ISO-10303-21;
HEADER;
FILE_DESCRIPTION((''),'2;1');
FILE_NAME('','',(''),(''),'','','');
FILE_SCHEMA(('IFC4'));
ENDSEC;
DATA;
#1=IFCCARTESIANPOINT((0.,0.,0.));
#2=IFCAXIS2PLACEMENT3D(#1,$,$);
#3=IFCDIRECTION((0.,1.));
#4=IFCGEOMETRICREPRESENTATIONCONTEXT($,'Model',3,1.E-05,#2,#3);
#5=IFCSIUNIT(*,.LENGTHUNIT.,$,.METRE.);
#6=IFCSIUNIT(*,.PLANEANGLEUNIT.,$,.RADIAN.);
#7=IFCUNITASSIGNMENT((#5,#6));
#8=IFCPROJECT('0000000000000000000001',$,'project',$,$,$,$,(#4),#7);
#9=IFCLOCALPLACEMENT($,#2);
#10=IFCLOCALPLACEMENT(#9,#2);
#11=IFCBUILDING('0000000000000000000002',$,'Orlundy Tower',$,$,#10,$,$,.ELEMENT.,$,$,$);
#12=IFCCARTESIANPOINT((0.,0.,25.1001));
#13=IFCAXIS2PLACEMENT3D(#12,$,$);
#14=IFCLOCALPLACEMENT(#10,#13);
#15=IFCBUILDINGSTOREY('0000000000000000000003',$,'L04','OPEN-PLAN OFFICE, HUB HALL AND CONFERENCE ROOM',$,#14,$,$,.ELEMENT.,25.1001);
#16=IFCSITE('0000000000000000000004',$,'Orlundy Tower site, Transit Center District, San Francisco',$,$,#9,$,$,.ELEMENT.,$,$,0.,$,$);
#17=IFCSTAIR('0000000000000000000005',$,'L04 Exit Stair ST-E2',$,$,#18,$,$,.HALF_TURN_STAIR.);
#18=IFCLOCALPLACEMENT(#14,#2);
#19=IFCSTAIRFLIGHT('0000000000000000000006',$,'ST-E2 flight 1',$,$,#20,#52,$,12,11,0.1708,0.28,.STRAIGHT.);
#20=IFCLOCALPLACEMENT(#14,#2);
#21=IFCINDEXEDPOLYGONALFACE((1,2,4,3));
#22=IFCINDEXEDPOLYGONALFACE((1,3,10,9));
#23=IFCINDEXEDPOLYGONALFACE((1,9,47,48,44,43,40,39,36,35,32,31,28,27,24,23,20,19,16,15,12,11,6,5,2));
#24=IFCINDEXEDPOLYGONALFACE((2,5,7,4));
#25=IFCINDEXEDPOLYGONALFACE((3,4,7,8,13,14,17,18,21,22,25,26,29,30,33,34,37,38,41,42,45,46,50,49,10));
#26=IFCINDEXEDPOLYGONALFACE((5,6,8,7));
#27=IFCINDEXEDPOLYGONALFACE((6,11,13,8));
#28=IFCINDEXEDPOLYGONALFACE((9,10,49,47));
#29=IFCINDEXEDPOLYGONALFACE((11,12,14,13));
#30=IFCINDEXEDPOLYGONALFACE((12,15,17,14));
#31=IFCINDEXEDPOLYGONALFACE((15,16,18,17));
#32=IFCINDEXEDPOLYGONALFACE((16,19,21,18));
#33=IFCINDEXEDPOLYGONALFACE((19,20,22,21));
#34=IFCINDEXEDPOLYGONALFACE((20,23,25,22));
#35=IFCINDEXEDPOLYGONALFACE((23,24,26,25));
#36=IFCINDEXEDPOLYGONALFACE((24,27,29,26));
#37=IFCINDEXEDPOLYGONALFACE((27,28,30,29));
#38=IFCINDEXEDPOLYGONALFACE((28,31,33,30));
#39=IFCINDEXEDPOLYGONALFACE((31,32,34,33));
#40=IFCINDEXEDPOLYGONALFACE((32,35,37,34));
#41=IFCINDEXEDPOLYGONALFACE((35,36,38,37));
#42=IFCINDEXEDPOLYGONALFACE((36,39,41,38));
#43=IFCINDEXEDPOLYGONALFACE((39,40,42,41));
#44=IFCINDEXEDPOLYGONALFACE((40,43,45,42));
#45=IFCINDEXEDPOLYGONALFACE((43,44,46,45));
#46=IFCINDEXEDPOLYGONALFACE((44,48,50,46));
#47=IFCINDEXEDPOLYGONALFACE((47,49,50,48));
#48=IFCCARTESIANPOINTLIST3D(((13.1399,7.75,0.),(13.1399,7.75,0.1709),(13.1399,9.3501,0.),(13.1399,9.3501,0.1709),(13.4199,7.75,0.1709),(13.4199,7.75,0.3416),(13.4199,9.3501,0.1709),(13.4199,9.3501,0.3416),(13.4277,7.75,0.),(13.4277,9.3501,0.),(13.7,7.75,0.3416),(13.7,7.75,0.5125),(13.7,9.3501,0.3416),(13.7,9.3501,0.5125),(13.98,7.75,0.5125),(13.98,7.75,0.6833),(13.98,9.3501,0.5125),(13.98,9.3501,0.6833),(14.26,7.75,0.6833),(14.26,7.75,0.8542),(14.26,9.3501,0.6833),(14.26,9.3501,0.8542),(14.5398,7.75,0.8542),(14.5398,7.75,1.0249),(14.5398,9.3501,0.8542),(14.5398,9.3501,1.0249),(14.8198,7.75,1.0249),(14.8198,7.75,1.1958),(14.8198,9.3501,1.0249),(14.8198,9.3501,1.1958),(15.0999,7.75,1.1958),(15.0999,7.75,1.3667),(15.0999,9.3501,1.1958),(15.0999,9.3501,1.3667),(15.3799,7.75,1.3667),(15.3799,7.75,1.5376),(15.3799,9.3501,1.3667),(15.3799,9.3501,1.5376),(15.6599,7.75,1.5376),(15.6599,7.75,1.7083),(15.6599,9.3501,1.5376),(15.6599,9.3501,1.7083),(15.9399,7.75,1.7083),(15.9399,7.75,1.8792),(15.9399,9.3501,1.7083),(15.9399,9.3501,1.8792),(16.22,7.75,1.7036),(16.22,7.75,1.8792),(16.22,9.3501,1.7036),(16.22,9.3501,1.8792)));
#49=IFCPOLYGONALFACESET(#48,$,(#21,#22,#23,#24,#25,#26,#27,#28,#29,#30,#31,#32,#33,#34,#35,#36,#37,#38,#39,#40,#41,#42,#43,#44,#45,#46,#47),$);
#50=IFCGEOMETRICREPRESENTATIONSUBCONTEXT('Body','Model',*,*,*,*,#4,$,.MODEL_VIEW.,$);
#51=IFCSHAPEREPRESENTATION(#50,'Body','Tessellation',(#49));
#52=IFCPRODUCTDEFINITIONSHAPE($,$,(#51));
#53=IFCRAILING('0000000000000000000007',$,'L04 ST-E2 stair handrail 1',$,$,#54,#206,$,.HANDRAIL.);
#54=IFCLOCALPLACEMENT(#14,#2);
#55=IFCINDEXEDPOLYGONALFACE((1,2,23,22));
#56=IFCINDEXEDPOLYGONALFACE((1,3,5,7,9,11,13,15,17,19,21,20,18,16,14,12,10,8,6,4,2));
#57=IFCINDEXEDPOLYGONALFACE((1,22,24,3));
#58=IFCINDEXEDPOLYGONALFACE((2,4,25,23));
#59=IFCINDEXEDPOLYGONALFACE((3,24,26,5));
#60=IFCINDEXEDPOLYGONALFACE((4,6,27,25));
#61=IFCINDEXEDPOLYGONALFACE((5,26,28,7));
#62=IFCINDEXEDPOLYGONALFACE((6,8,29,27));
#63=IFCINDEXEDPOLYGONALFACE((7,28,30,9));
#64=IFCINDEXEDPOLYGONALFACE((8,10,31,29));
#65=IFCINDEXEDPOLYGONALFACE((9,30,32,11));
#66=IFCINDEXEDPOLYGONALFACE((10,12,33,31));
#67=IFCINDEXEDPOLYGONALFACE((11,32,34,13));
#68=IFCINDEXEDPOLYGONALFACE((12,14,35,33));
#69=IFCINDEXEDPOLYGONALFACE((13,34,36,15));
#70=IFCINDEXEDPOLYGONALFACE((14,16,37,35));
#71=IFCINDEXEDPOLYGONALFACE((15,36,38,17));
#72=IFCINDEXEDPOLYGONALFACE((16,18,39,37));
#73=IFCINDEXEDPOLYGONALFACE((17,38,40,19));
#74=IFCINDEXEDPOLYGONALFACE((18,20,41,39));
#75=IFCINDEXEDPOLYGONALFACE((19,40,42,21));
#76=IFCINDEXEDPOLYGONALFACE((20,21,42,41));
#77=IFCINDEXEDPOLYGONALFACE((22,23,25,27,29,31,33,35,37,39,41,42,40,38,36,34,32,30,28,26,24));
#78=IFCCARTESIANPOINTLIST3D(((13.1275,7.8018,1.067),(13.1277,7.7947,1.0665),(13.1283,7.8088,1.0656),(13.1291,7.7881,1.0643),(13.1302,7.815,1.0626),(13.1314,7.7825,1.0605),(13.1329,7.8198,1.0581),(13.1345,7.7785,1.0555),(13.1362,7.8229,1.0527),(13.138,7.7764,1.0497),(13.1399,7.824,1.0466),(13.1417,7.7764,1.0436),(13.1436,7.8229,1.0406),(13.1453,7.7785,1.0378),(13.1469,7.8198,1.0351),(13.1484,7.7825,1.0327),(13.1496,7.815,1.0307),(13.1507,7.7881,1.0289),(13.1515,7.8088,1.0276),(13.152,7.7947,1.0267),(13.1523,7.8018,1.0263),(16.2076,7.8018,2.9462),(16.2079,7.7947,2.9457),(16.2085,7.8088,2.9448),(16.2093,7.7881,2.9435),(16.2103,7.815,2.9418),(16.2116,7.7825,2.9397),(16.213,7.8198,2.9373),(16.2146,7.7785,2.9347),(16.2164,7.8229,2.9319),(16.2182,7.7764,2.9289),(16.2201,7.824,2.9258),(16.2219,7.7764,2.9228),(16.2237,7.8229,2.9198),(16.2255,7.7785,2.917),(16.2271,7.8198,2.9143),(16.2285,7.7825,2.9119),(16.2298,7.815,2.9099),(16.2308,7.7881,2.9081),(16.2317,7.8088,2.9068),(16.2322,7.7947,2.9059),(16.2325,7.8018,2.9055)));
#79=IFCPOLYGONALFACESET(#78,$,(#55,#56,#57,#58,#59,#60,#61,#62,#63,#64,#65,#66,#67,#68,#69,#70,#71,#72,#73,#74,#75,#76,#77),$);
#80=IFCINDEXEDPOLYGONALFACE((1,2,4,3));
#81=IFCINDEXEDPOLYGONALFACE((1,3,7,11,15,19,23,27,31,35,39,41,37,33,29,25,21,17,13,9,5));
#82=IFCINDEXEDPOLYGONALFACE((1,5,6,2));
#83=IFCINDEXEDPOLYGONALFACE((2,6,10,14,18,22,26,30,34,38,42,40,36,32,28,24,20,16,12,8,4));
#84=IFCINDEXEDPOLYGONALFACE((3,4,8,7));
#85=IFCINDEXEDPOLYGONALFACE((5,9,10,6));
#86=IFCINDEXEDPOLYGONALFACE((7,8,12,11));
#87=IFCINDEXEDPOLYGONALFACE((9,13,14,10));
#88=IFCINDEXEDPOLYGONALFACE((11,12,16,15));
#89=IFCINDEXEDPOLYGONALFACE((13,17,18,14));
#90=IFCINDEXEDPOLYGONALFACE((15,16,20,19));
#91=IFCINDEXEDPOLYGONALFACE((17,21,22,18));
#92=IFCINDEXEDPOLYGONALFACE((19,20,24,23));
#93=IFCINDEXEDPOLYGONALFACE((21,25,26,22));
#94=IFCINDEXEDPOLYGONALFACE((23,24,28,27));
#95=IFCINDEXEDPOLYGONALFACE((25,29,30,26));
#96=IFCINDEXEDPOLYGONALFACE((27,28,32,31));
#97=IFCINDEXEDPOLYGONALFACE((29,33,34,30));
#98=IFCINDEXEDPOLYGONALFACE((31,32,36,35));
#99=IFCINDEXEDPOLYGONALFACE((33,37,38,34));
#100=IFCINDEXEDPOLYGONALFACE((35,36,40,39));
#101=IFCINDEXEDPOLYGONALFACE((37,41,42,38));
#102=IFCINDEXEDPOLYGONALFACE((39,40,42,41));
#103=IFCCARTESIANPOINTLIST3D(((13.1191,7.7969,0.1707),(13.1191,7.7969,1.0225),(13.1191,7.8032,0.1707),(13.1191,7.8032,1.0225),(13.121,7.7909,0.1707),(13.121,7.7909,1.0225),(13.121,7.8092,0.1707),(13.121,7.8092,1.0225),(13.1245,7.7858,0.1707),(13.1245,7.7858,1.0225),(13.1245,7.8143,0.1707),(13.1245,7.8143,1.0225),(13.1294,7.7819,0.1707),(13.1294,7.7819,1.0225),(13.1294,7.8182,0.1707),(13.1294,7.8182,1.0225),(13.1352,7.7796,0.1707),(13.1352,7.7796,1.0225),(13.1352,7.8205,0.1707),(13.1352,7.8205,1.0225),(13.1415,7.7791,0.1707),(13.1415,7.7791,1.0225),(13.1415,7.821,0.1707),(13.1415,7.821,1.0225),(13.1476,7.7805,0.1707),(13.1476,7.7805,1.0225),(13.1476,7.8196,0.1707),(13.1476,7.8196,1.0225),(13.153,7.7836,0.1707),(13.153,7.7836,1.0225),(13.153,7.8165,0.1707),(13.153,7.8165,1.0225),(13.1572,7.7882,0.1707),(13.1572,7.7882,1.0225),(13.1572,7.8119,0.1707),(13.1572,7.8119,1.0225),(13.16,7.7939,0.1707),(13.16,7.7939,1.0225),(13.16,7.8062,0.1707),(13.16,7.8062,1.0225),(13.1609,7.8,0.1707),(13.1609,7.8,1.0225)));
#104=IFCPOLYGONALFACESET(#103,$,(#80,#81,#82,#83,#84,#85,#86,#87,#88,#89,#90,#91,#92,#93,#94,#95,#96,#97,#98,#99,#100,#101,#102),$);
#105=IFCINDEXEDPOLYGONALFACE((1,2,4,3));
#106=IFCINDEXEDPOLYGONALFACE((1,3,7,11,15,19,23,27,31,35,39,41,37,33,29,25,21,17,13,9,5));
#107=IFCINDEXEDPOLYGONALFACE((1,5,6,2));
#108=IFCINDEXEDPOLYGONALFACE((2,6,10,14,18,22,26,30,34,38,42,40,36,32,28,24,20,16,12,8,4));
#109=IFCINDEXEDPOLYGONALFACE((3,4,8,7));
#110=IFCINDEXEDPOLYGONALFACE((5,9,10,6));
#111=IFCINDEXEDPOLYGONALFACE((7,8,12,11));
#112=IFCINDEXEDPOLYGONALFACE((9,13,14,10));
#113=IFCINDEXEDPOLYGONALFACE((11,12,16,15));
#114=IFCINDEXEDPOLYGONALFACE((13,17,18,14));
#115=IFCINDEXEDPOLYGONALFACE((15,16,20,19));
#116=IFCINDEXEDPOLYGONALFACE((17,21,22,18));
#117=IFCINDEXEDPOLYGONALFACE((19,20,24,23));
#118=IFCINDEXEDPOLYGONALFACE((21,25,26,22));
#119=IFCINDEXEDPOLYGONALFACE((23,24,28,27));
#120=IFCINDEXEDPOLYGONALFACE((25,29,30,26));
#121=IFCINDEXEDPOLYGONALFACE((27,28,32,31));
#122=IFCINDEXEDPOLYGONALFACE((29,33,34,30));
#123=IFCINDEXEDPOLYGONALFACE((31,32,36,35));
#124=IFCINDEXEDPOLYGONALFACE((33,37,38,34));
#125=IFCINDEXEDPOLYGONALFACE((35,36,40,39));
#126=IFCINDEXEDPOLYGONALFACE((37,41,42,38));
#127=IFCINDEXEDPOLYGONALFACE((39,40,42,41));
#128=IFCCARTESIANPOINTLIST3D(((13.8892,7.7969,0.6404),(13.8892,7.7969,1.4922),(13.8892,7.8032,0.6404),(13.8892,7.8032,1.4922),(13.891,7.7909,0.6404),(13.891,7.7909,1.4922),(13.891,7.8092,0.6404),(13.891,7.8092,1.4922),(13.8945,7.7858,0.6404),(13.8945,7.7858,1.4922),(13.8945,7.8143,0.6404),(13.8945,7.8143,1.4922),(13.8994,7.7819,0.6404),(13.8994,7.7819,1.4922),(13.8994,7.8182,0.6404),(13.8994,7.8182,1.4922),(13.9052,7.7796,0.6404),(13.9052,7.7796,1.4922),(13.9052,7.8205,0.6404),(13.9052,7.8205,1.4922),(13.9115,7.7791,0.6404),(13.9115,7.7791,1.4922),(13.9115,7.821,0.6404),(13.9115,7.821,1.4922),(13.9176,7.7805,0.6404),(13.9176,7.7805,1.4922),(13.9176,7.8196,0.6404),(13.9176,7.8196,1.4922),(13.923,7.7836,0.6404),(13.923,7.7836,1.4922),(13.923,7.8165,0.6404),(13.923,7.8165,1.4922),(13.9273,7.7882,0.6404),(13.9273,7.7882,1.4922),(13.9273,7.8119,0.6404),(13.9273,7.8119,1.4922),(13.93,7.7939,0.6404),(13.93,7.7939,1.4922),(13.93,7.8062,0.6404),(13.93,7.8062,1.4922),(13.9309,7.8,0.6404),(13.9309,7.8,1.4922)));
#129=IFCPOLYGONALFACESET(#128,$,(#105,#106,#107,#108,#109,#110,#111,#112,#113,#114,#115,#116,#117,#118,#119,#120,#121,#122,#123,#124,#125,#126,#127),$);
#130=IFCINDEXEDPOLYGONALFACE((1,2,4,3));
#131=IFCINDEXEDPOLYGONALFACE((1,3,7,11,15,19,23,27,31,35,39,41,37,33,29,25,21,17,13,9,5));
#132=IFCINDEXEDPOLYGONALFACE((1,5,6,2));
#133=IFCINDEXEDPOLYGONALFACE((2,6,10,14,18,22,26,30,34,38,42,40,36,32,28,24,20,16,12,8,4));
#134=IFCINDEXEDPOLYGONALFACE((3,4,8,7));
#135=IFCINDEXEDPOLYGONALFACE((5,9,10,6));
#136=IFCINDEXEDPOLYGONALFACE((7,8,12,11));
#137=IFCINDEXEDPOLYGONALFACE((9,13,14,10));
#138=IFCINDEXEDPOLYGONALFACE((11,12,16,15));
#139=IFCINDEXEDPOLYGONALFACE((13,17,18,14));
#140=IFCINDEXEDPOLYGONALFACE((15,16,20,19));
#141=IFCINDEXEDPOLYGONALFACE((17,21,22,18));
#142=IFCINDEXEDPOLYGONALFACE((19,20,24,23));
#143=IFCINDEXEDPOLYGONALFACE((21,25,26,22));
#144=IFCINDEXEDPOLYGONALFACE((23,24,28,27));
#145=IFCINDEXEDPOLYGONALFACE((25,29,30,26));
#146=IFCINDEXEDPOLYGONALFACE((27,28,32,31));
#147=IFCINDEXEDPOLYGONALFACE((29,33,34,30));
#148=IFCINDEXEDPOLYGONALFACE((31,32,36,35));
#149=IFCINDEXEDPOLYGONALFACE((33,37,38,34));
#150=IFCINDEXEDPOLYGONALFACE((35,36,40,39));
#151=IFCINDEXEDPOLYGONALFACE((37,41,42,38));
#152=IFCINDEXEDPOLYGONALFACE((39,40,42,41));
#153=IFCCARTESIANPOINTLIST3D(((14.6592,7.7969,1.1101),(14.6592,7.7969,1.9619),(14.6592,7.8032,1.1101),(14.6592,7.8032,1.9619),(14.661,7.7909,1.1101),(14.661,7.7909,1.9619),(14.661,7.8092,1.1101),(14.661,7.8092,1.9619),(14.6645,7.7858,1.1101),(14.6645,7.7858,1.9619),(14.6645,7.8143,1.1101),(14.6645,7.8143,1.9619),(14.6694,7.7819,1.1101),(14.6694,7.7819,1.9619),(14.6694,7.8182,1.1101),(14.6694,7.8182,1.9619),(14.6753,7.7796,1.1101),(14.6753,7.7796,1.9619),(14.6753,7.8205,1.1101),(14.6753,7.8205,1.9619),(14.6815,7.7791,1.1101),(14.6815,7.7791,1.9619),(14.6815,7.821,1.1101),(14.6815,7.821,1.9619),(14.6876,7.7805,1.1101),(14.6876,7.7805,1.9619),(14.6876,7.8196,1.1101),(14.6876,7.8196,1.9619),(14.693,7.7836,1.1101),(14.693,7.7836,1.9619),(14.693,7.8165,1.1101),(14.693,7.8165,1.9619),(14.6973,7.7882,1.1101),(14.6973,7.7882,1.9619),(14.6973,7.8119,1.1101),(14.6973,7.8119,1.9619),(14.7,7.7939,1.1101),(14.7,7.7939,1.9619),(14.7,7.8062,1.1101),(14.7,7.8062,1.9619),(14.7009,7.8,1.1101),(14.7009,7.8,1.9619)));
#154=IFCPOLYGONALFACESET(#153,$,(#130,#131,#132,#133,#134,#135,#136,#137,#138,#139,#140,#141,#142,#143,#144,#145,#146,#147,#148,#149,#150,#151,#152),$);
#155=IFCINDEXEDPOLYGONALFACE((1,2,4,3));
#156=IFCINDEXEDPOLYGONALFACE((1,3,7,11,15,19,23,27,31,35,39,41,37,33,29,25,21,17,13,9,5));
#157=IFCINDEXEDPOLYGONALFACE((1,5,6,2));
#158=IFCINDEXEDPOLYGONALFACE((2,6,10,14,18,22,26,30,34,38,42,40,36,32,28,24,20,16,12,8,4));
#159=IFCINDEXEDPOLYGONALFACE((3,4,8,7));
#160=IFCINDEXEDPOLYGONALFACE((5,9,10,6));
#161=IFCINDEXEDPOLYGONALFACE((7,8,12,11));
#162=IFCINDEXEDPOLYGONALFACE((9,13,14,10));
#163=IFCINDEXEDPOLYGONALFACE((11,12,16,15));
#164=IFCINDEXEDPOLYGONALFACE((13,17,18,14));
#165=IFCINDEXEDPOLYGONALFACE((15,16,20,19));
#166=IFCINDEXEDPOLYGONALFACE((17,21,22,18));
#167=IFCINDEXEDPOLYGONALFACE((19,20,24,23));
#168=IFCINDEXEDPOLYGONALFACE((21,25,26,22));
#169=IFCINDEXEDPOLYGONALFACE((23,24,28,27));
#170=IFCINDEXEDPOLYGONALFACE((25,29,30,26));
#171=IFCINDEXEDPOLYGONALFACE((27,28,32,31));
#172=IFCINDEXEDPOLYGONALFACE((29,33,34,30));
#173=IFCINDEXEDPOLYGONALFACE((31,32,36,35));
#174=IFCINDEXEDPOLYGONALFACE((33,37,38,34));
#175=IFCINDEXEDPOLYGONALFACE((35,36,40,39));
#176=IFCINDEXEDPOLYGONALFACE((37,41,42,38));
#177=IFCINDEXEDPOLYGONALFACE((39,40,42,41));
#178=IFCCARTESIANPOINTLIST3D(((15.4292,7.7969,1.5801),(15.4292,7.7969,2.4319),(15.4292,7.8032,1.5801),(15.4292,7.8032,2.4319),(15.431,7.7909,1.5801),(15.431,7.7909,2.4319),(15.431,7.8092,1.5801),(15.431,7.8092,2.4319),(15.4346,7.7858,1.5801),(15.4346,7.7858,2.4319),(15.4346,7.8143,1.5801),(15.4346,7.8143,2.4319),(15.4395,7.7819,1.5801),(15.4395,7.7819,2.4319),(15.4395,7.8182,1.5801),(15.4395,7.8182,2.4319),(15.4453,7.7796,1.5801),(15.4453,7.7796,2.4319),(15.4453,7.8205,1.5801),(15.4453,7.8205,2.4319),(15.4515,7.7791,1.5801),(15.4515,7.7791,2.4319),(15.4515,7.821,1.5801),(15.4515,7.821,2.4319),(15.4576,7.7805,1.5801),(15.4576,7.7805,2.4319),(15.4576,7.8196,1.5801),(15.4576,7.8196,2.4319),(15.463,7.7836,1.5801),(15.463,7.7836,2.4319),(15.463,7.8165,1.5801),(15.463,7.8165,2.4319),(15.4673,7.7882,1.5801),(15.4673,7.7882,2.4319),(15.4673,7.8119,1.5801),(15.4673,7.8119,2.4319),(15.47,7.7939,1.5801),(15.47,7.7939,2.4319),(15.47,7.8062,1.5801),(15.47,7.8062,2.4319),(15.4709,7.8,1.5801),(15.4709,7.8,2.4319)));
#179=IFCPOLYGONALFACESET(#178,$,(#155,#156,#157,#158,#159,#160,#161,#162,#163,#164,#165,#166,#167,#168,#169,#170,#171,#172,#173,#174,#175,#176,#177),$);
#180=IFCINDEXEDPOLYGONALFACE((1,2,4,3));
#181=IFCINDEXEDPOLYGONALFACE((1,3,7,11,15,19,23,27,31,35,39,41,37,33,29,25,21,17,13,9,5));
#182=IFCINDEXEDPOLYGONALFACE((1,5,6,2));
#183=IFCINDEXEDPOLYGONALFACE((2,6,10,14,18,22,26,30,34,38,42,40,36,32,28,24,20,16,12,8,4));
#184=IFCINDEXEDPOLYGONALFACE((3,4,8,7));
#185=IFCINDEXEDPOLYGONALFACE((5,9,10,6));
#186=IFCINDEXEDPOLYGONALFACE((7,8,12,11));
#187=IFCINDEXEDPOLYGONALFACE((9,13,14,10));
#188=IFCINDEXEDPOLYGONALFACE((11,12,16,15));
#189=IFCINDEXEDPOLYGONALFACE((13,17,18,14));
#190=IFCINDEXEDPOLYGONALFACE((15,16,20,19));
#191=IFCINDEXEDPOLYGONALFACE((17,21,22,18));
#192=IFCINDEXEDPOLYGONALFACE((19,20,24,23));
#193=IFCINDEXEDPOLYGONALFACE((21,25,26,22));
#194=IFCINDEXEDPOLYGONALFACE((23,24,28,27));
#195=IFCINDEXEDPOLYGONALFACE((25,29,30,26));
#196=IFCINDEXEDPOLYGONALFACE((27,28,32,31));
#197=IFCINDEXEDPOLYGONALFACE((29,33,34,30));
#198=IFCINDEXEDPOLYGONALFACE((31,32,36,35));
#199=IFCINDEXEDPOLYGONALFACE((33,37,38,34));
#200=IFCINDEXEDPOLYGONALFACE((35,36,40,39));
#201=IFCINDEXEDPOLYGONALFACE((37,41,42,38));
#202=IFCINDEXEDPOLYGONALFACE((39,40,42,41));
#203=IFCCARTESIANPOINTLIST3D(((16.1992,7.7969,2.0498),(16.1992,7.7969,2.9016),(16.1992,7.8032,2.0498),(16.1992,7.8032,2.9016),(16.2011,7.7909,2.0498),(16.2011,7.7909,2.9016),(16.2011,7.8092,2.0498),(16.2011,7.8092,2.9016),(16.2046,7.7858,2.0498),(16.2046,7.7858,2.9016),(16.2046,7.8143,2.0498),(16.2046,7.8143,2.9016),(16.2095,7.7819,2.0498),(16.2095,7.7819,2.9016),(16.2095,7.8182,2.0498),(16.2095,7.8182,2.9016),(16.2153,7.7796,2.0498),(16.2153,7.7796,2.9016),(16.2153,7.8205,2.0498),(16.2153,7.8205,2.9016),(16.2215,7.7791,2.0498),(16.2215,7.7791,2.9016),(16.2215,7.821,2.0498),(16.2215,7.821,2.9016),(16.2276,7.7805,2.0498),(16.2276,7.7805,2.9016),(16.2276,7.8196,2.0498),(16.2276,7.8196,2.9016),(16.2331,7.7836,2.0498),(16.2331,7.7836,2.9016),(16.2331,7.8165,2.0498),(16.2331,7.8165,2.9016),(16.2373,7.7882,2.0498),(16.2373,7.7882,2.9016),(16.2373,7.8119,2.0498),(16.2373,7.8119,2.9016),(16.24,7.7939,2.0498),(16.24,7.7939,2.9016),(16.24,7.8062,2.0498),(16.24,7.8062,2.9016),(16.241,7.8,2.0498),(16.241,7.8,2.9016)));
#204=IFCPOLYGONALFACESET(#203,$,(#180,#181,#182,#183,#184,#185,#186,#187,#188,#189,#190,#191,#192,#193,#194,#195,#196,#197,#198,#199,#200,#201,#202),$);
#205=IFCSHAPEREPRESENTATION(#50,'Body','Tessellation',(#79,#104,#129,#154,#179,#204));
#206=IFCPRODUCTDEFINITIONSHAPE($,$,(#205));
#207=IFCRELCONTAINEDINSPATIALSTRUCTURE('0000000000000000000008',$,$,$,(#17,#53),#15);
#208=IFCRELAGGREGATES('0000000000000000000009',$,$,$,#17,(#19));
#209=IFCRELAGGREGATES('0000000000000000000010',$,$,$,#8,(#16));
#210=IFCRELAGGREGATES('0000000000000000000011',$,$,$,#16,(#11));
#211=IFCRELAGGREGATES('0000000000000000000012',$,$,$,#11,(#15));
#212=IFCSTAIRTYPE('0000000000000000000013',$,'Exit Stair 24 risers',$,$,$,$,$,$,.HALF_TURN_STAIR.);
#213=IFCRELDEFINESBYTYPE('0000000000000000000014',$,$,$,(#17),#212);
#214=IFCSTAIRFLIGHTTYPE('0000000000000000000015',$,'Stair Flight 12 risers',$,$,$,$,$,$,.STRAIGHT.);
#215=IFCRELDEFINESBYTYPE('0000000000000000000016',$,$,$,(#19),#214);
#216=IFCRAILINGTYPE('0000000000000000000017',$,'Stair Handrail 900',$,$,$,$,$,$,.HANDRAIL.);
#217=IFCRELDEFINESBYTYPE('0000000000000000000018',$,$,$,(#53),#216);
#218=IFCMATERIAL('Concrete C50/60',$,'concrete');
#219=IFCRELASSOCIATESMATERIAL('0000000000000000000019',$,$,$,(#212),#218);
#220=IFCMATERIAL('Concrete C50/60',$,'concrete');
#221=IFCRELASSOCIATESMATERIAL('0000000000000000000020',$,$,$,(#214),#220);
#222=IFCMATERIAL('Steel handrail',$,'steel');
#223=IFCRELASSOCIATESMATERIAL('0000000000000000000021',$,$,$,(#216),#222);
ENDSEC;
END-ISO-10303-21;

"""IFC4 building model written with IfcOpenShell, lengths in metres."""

from ifc_helpers import new_model, si_unit, direction, frame, origin, origin_2d, place, context, subcontext, project, spatial, polyline, circle, outline, extrude, material, type_object, element, aggregate, save


model = new_model("IFC4")

# Units and contexts
model_context = context("Model", 3, precision=1e-05, world=origin(), true_north=direction((0.0, 1.0)))
body_context = subcontext(model_context, "Body", "Model", "MODEL_VIEW")
ifc_project = project(units=[si_unit("LENGTHUNIT", "METRE"), si_unit("PLANEANGLEUNIT", "RADIAN")], contexts=[model_context])

# Site, building, storey
site_placement = place(None, origin())
site = spatial("IfcSite", under=ifc_project, at=site_placement, Name="Orlundy Tower site, Transit Center District, San Francisco", CompositionType="ELEMENT", RefElevation=0.0)
building_placement = place(site_placement, origin())
building = spatial("IfcBuilding", under=site, at=building_placement, Name="Orlundy Tower", CompositionType="ELEMENT")
storey_placement = place(building_placement, frame((0.0, 0.0, 25.1001)))
storey = spatial("IfcBuildingStorey", under=building, at=storey_placement, Name="L04", Description="OPEN-PLAN OFFICE, HUB HALL AND CONFERENCE ROOM", CompositionType="ELEMENT", Elevation=25.1001)

# Stair, stair flight
ifc_material_1 = material(Name="Concrete C50/60", Category="concrete")
stair_type = type_object("IfcStairType", Name="Exit Stair 24 risers", PredefinedType="HALF_TURN_STAIR", material=ifc_material_1)
stair_placement = place(storey_placement, origin())
stair = element("IfcStair", 1, at=stair_placement, inside=storey, type_object=stair_type, Name="L04 Exit Stair ST-E2", PredefinedType="HALF_TURN_STAIR")
ifc_material_2 = material(Name="Concrete C50/60", Category="concrete")
stair_flight_type = type_object("IfcStairFlightType", Name="Stair Flight 12 risers", PredefinedType="STRAIGHT", material=ifc_material_2)
stair_flight_placement = place(storey_placement, frame((13.1399, 8.55, 0.0), z_axis=(0.0, 0.0, 1.0), x_axis=(1.0, 0.0, 0.0)))
stair_flight = element("IfcStairFlight", 2, at=stair_flight_placement, type_object=stair_flight_type, Name="ST-E2 flight 1", NumberOfRisers=12, NumberOfTreads=11, PredefinedType="STRAIGHT", RiserHeight=0.1708, TreadLength=0.28, context=body_context, shape_type="SweptSolid", body=[
    extrude(outline(polyline([(0.0, 0.0), (0.0, 0.1709), (0.28, 0.1709), (0.28, 0.3416), (0.5601, 0.3416), (0.5601, 0.5125), (0.8401, 0.5125), (0.8401, 0.6833), (1.1201, 0.6833), (1.1201, 0.8542), (1.3999, 0.8542), (1.3999, 1.0249), (1.6799, 1.0249), (1.6799, 1.1958), (1.96, 1.1958), (1.96, 1.3667), (2.24, 1.3667), (2.24, 1.5376), (2.52, 1.5376), (2.52, 1.7083), (2.8, 1.7083), (2.8, 1.8792), (3.0801, 1.8792), (3.0801, 2.05), (3.0801, 1.7036), (0.2878, 0.0), (0.0, 0.0)])), frame((0.0, 0.8, 0.0), z_axis=(0.0, -1.0, 0.0), x_axis=(1.0, 0.0, 0.0)), (0.0, 0.0, 1.0), 1.6001),
])
aggregate(stair, [stair_flight])

# Railing
ifc_material_3 = material(Name="Steel handrail", Category="steel")
railing_type_1 = type_object("IfcRailingType", Name="Stair Handrail 900", PredefinedType="HANDRAIL", material=ifc_material_3)
railing_1_placement = place(storey_placement, frame((13.1399, 7.8, 0.1707)))
element("IfcRailing", 3, at=railing_1_placement, inside=storey, type_object=railing_type_1, Name="L04 ST-E2 stair handrail 1", PredefinedType="HANDRAIL", context=body_context, shape_type="SweptSolid", body=[
    extrude(circle(Radius=0.0239, at=origin_2d()), frame((0.0, 0.0, 0.876), z_axis=(0.853666, 0.0, 0.52082), x_axis=(0.0, 1.0, 0.0)), (0.0, 0.0, 1.0), 3.6082),
    extrude(circle(Radius=0.021, at=origin_2d()), origin(), (0.0, 0.0, 1.0), 0.8518),
    extrude(circle(Radius=0.021, at=origin_2d()), frame((0.77, 0.0, 0.4697)), (0.0, 0.0, 1.0), 0.8518),
    extrude(circle(Radius=0.021, at=origin_2d()), frame((1.54, 0.0, 0.9395)), (0.0, 0.0, 1.0), 0.8518),
    extrude(circle(Radius=0.021, at=origin_2d()), frame((2.3101, 0.0, 1.4094)), (0.0, 0.0, 1.0), 0.8518),
    extrude(circle(Radius=0.021, at=origin_2d()), frame((3.0801, 0.0, 1.8792)), (0.0, 0.0, 1.0), 0.8518),
])

save(model, "model.ifc")
